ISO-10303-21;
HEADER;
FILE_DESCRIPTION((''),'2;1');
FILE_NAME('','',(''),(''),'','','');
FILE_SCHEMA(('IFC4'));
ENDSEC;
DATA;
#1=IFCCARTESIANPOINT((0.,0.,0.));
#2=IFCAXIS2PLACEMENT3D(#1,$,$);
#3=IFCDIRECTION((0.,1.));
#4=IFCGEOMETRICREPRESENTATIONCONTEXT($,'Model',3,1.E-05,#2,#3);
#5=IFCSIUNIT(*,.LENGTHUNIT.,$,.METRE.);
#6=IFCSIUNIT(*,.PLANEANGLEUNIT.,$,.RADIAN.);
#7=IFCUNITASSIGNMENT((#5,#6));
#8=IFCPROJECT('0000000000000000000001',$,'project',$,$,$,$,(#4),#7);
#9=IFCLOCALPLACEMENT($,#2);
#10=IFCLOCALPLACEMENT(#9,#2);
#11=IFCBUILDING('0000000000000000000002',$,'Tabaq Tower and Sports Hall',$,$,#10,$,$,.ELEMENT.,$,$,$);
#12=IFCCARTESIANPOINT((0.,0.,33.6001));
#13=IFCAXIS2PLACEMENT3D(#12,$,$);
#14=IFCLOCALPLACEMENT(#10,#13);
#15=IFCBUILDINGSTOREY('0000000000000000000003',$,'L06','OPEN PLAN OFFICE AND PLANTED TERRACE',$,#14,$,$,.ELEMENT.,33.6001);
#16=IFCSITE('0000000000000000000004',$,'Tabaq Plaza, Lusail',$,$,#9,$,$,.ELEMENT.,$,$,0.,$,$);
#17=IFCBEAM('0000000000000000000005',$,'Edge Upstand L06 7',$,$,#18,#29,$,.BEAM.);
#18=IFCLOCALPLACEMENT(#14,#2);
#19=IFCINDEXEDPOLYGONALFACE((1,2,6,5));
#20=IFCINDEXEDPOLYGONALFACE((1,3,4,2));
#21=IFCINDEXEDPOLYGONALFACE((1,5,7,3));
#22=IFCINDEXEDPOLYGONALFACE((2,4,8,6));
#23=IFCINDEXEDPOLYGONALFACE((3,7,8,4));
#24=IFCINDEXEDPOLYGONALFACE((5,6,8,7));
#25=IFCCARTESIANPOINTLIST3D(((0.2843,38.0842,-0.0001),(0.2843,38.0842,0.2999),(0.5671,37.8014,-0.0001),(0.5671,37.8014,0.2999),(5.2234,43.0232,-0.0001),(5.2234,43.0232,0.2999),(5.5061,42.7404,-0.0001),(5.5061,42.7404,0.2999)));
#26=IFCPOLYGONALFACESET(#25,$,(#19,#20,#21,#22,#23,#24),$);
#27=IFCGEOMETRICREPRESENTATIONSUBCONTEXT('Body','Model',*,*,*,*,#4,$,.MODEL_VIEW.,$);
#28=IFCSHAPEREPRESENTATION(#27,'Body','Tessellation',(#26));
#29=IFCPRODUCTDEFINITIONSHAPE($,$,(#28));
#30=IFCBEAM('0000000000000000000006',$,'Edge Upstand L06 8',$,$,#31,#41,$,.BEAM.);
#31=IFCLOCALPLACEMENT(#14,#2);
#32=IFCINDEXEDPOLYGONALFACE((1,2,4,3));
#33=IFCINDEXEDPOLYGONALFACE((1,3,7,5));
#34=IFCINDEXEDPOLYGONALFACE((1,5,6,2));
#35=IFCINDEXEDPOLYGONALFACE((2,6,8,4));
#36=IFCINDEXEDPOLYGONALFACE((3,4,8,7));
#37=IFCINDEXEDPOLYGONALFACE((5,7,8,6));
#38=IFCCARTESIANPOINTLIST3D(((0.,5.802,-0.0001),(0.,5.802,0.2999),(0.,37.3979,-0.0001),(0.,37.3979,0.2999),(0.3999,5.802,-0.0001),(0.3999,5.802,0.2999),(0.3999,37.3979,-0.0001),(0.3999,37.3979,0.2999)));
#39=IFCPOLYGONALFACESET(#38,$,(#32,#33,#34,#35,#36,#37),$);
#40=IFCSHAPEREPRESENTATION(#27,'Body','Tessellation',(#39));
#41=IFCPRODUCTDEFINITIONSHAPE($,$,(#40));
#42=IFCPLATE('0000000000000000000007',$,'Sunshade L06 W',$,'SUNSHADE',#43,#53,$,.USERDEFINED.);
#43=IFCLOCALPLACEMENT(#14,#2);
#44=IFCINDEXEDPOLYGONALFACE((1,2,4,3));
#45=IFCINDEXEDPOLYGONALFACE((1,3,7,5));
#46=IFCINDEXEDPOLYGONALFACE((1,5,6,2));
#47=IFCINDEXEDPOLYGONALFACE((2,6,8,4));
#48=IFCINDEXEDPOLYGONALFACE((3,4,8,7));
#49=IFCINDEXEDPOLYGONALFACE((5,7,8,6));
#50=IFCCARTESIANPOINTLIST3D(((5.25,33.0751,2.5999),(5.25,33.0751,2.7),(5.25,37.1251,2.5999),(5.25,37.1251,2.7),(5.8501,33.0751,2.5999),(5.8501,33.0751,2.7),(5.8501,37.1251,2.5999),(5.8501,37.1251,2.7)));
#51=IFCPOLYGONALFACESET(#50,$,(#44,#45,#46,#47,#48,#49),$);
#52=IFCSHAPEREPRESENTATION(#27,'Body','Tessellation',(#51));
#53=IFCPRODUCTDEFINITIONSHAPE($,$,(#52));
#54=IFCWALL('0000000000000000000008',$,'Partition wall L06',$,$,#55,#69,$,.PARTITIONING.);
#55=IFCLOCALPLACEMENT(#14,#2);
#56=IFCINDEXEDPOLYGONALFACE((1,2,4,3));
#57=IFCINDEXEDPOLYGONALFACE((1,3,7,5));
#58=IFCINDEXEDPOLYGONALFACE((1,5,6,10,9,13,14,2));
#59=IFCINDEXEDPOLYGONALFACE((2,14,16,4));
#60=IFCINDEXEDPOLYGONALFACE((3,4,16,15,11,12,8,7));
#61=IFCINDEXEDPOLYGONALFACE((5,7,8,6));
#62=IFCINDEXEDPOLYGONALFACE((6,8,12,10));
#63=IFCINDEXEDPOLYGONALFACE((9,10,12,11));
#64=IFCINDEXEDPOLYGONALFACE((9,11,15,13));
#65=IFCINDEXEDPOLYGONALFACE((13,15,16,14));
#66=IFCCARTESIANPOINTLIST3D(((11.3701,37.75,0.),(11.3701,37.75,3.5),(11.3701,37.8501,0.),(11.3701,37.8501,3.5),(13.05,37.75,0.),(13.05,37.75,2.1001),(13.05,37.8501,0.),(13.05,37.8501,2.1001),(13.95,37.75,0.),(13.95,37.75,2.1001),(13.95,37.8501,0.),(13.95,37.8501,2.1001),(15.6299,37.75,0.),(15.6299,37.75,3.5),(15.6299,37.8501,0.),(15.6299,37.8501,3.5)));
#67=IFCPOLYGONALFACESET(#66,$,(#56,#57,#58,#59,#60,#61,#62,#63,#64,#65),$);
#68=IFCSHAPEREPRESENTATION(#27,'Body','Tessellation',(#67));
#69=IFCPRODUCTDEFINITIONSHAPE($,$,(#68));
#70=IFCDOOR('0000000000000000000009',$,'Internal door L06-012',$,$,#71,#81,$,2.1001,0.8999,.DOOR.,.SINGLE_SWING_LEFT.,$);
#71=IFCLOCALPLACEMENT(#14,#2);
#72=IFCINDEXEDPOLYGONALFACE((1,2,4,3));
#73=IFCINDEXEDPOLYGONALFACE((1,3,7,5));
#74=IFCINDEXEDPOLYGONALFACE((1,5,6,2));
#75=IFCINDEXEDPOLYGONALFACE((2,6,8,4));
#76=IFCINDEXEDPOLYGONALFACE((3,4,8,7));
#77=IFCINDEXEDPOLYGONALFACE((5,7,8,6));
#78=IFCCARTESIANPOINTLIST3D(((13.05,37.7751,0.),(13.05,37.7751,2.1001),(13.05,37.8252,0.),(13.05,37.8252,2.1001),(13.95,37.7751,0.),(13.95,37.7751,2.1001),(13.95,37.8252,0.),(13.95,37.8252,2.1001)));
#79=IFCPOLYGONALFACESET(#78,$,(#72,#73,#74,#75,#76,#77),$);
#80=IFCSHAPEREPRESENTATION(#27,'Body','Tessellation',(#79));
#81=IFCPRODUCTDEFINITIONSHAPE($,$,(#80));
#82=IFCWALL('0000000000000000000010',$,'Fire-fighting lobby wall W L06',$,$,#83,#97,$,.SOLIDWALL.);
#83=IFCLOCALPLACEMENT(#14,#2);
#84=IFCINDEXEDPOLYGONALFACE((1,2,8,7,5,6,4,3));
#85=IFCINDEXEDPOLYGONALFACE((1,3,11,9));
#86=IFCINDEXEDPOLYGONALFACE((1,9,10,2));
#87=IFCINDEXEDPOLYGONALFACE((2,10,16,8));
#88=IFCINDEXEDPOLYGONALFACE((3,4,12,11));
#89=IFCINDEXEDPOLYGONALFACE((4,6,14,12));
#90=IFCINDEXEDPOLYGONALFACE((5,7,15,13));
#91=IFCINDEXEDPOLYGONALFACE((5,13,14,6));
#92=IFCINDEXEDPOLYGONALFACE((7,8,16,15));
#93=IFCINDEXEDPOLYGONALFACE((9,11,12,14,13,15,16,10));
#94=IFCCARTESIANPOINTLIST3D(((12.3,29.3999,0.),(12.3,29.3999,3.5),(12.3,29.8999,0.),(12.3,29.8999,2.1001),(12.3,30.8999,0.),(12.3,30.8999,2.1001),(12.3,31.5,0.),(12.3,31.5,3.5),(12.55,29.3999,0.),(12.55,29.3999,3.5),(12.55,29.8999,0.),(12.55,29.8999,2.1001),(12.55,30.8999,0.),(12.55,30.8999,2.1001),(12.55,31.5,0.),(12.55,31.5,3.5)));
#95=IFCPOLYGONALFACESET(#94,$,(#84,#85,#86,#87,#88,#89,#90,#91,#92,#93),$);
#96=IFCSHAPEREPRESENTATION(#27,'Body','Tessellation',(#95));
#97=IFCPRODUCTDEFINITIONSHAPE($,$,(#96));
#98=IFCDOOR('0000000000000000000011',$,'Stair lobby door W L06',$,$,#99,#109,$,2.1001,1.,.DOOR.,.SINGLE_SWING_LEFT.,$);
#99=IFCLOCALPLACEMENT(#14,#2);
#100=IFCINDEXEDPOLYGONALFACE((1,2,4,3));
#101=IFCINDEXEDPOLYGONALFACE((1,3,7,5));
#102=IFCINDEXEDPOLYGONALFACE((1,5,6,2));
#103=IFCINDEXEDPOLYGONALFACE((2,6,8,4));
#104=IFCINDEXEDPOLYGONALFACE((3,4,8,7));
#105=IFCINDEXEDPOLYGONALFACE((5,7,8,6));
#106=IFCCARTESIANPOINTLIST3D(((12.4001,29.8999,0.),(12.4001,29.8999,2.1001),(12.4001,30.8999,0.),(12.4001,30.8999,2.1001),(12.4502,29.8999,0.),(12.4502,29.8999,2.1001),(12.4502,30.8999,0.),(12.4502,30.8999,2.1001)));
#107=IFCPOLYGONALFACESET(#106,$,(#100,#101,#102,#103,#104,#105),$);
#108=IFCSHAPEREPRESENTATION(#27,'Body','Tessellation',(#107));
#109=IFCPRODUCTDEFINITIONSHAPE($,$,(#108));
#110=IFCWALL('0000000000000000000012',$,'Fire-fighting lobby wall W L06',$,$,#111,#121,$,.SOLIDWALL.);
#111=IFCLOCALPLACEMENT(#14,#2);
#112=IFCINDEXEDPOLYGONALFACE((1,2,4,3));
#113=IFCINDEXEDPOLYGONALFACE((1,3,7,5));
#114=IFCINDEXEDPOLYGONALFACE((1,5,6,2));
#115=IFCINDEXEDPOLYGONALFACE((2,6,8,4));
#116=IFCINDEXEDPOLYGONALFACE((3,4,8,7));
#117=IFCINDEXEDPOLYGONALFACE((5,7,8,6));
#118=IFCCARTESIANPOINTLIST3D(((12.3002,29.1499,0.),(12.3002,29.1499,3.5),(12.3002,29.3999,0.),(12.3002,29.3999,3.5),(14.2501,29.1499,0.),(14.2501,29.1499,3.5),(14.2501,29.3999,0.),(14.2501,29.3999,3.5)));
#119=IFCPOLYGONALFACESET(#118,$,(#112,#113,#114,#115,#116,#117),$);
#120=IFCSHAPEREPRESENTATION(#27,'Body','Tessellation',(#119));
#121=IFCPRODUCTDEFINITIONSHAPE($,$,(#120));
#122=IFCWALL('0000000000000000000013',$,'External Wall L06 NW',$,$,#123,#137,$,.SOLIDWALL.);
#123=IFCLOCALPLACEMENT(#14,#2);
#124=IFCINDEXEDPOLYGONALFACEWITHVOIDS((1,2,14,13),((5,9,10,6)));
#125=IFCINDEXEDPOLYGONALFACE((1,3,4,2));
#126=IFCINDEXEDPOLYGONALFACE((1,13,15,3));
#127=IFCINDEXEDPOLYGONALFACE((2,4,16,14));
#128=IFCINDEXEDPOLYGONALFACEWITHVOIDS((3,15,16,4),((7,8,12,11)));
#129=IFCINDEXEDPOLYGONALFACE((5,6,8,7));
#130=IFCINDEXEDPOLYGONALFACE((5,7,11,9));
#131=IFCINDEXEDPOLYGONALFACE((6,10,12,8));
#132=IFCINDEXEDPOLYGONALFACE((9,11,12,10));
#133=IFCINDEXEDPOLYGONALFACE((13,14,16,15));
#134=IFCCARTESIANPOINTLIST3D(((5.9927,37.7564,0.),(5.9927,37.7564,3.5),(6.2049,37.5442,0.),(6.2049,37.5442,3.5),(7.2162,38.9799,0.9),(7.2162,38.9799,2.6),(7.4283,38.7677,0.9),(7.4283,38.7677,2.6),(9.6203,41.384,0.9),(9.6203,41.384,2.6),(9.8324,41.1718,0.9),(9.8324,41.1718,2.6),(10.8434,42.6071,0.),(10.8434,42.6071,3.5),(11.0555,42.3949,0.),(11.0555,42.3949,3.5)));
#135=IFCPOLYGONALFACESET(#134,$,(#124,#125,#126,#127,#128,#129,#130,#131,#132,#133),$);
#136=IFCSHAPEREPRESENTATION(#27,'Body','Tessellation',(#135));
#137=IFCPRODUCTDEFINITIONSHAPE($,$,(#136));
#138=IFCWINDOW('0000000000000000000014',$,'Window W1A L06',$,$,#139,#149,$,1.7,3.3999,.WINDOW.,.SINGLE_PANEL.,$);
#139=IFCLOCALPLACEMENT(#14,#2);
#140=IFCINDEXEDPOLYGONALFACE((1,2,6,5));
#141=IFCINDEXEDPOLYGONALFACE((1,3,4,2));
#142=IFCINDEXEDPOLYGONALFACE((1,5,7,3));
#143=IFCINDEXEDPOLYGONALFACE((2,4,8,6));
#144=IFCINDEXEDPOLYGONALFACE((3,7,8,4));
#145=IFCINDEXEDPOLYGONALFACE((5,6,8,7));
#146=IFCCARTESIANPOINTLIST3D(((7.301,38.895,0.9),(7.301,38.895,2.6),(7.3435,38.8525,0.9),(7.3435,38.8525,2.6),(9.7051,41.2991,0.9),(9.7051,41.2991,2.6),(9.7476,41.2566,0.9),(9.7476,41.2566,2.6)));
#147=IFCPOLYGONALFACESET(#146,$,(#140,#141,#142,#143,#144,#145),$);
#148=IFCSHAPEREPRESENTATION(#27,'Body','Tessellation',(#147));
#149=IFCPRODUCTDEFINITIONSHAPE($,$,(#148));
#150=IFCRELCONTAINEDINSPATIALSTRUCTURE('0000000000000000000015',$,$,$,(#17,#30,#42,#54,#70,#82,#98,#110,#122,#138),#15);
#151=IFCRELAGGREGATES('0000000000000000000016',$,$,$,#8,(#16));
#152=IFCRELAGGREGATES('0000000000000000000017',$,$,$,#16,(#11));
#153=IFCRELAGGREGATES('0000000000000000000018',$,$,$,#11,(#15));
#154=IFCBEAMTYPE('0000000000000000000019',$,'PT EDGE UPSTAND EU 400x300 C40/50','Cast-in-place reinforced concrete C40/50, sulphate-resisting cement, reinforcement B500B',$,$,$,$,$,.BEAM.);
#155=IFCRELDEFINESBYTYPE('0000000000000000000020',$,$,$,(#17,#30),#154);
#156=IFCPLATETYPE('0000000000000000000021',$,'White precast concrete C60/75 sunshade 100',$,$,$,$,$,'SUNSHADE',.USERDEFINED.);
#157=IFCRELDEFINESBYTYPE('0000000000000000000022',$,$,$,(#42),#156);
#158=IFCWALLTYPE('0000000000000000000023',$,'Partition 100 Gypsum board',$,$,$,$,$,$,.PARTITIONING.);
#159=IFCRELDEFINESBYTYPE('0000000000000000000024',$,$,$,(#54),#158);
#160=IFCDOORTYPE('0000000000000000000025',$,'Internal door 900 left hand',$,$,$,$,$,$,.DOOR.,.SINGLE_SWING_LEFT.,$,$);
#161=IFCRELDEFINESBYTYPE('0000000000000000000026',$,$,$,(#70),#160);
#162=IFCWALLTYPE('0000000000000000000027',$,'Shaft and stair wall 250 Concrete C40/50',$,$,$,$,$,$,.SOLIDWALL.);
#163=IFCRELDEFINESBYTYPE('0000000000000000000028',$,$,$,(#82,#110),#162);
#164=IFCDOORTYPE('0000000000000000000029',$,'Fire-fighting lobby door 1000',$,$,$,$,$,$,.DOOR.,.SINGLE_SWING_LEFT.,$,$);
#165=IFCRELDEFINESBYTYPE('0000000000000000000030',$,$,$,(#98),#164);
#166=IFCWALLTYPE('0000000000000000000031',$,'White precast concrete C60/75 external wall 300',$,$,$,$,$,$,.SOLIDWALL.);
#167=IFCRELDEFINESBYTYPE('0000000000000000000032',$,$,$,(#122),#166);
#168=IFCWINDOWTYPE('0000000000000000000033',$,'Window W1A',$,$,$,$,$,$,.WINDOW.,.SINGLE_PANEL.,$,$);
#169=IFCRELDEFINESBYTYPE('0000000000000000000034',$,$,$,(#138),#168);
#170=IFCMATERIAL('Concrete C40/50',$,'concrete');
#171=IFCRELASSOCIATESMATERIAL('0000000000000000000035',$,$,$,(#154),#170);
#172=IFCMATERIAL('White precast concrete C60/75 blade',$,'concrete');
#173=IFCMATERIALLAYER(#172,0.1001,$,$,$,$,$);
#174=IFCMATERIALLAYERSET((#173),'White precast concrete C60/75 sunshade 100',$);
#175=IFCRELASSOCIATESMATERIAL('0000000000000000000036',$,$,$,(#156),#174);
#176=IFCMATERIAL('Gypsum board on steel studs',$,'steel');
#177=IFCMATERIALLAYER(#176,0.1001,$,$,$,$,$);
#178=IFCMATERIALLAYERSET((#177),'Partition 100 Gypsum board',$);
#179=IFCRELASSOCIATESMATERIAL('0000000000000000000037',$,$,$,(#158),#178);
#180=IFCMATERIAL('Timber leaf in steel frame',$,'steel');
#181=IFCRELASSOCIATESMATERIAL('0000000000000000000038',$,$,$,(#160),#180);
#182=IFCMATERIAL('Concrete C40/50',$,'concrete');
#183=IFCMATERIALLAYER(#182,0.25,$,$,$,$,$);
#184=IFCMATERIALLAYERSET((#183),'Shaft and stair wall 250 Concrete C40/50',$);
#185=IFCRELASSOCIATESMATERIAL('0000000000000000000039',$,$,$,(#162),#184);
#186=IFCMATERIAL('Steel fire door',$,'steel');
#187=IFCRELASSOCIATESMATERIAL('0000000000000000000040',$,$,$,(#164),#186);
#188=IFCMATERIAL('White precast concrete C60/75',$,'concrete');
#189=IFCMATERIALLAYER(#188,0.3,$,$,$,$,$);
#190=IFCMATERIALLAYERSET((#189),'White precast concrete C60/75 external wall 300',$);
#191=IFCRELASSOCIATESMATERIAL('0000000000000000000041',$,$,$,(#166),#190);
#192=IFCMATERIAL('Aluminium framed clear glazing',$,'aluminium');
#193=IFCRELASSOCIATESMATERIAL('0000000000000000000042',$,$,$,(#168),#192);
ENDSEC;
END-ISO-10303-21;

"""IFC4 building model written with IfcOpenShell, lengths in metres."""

from ifc_helpers import new_model, si_unit, direction, frame, frame_2d, origin, origin_2d, place, context, subcontext, project, spatial, rectangle, extrude, material, layer, layer_set, material_profile, profile_set, type_object, element, fill, save


model = new_model("IFC4")

# Units and contexts
model_context = context("Model", 3, precision=1e-05, world=origin(), true_north=direction((0.0, 1.0)))
body_context = subcontext(model_context, "Body", "Model", "MODEL_VIEW")
ifc_project = project(units=[si_unit("LENGTHUNIT", "METRE"), si_unit("PLANEANGLEUNIT", "RADIAN")], contexts=[model_context])

# Site, building, storey
site_placement = place(None, origin())
site = spatial("IfcSite", under=ifc_project, at=site_placement, Name="Tabaq Plaza, Lusail", CompositionType="ELEMENT", RefElevation=0.0)
building_placement = place(site_placement, origin())
building = spatial("IfcBuilding", under=site, at=building_placement, Name="Tabaq Tower and Sports Hall", CompositionType="ELEMENT")
storey_placement = place(building_placement, frame((0.0, 0.0, 33.6001)))
storey = spatial("IfcBuildingStorey", under=building, at=storey_placement, Name="L06", Description="OPEN PLAN OFFICE AND PLANTED TERRACE", CompositionType="ELEMENT", Elevation=33.6001)

# Beams
ifc_material_1 = material(Name="Concrete C40/50", Category="concrete")
ifc_material_profile = material_profile(ifc_material_1, rectangle(XDim=0.3999, YDim=0.3, at=origin_2d()), Name="EU 400x300")
ifc_profile_set = profile_set([ifc_material_profile], Name="Concrete C40/50")
beam_type = type_object("IfcBeamType", Name="PT EDGE UPSTAND EU 400x300 C40/50", Description="Cast-in-place reinforced concrete C40/50, sulphate-resisting cement, reinforcement B500B", PredefinedType="BEAM", material=ifc_profile_set)
beam_1_placement = place(storey_placement, frame((5.3647, 42.8818, 0.1499), z_axis=(-0.707107, -0.707107, 0.0), x_axis=(0.707107, -0.707107, 0.0)))
element("IfcBeam", 1, at=beam_1_placement, inside=storey, type_object=beam_type, Name="Edge Upstand L06 7", PredefinedType="BEAM", context=body_context, shape_type="SweptSolid", body=[
    extrude(rectangle(XDim=0.3999, YDim=0.3, at=origin_2d()), origin(), (0.0, 0.0, 1.0), 6.9849),
])
beam_2_placement = place(storey_placement, frame((0.2, 37.3979, 0.1499), z_axis=(0.0, -1.0, 0.0), x_axis=(1.0, 0.0, 0.0)))
element("IfcBeam", 2, at=beam_2_placement, inside=storey, type_object=beam_type, Name="Edge Upstand L06 8", PredefinedType="BEAM", context=body_context, shape_type="SweptSolid", body=[
    extrude(rectangle(XDim=0.3999, YDim=0.3, at=origin_2d()), origin(), (0.0, 0.0, 1.0), 31.5959),
])

# Plate
ifc_material_2 = material(Name="White precast concrete C60/75 blade", Category="concrete")
ifc_layer_1 = layer(ifc_material_2, 0.1001)
ifc_layer_set_1 = layer_set([ifc_layer_1], Name="White precast concrete C60/75 sunshade 100")
plate_type_1 = type_object("IfcPlateType", Name="White precast concrete C60/75 sunshade 100", ElementType="SUNSHADE", PredefinedType="USERDEFINED", material=ifc_layer_set_1)
plate_1_placement = place(storey_placement, frame((5.55, 35.1001, 2.5999), z_axis=(0.0, 0.0, 1.0), x_axis=(0.0, -1.0, 0.0)))
element("IfcPlate", 3, at=plate_1_placement, inside=storey, type_object=plate_type_1, Name="Sunshade L06 W", ObjectType="SUNSHADE", PredefinedType="USERDEFINED", context=body_context, shape_type="SweptSolid", body=[
    extrude(rectangle(XDim=4.05, YDim=0.6001, at=origin_2d()), origin(), (0.0, 0.0, 1.0), 0.1001),
])

# Walls, openings, doors
ifc_material_3 = material(Name="Gypsum board on steel studs", Category="steel")
ifc_layer_2 = layer(ifc_material_3, 0.1001)
ifc_layer_set_2 = layer_set([ifc_layer_2], Name="Partition 100 Gypsum board")
wall_type_1 = type_object("IfcWallType", Name="Partition 100 Gypsum board", PredefinedType="PARTITIONING", material=ifc_layer_set_2)
wall_1_placement = place(storey_placement, frame((15.6299, 37.8, 0.0), z_axis=(0.0, 0.0, 1.0), x_axis=(-1.0, 0.0, 0.0)))
wall_1 = element("IfcWall", 4, at=wall_1_placement, inside=storey, type_object=wall_type_1, Name="Partition wall L06", PredefinedType="PARTITIONING", context=body_context, shape_type="SweptSolid", body=[
    extrude(rectangle(XDim=4.2598, YDim=0.1001, at=frame_2d((2.1299, 0.0))), origin(), (0.0, 0.0, 1.0), 3.5),
])
opening_1_placement = place(wall_1_placement, frame((1.6799, 0.0, 0.0)))
opening_1 = element("IfcOpeningElement", 5, at=opening_1_placement, cuts=wall_1, PredefinedType="OPENING", context=body_context, shape_type="SweptSolid", body=[
    extrude(rectangle(XDim=0.8999, YDim=2.1001, at=frame_2d((0.45, 1.05))), frame((0.0, 0.05, 0.0), z_axis=(0.0, -1.0, 0.0), x_axis=(1.0, 0.0, 0.0)), (0.0, 0.0, 1.0), 0.1001),
])
ifc_material_4 = material(Name="Timber leaf in steel frame", Category="steel")
door_type_1 = type_object("IfcDoorType", Name="Internal door 900 left hand", OperationType="SINGLE_SWING_LEFT", PredefinedType="DOOR", material=ifc_material_4)
door_1_placement = place(opening_1_placement, origin())
door_1 = element("IfcDoor", 6, at=door_1_placement, inside=storey, type_object=door_type_1, Name="Internal door L06-012", OperationType="SINGLE_SWING_LEFT", OverallHeight=2.1001, OverallWidth=0.8999, PredefinedType="DOOR", context=body_context, shape_type="SweptSolid", body=[
    extrude(rectangle(XDim=0.8999, YDim=2.1001, at=frame_2d((0.45, 1.05))), frame((0.0, 0.0249, 0.0), z_axis=(0.0, -1.0, 0.0), x_axis=(1.0, 0.0, 0.0)), (0.0, 0.0, 1.0), 0.05),
])
fill(opening_1, door_1)
ifc_material_5 = material(Name="Concrete C40/50", Category="concrete")
ifc_layer_3 = layer(ifc_material_5, 0.25)
ifc_layer_set_3 = layer_set([ifc_layer_3], Name="Shaft and stair wall 250 Concrete C40/50")
wall_type_2 = type_object("IfcWallType", Name="Shaft and stair wall 250 Concrete C40/50", PredefinedType="SOLIDWALL", material=ifc_layer_set_3)
wall_2_placement = place(storey_placement, frame((12.425, 29.3999, 0.0), z_axis=(0.0, 0.0, 1.0), x_axis=(0.0, 1.0, 0.0)))
wall_2 = element("IfcWall", 7, at=wall_2_placement, inside=storey, type_object=wall_type_2, Name="Fire-fighting lobby wall W L06", PredefinedType="SOLIDWALL", context=body_context, shape_type="SweptSolid", body=[
    extrude(rectangle(XDim=2.1001, YDim=0.25, at=frame_2d((1.05, 0.0))), origin(), (0.0, 0.0, 1.0), 3.5),
])
opening_2_placement = place(wall_2_placement, frame((0.5, 0.0, 0.0)))
opening_2 = element("IfcOpeningElement", 8, at=opening_2_placement, cuts=wall_2, PredefinedType="OPENING", context=body_context, shape_type="SweptSolid", body=[
    extrude(rectangle(XDim=1.0, YDim=2.1001, at=frame_2d((0.5, 1.05))), frame((0.0, 0.125, 0.0), z_axis=(0.0, -1.0, 0.0), x_axis=(1.0, 0.0, 0.0)), (0.0, 0.0, 1.0), 0.25),
])
ifc_material_6 = material(Name="Steel fire door", Category="steel")
door_type_2 = type_object("IfcDoorType", Name="Fire-fighting lobby door 1000", OperationType="SINGLE_SWING_LEFT", PredefinedType="DOOR", material=ifc_material_6)
door_2_placement = place(opening_2_placement, origin())
door_2 = element("IfcDoor", 9, at=door_2_placement, inside=storey, type_object=door_type_2, Name="Stair lobby door W L06", OperationType="SINGLE_SWING_LEFT", OverallHeight=2.1001, OverallWidth=1.0, PredefinedType="DOOR", context=body_context, shape_type="SweptSolid", body=[
    extrude(rectangle(XDim=1.0, YDim=2.1001, at=frame_2d((0.5, 1.05))), frame((0.0, 0.0249, 0.0), z_axis=(0.0, -1.0, 0.0), x_axis=(1.0, 0.0, 0.0)), (0.0, 0.0, 1.0), 0.05),
])
fill(opening_2, door_2)

# Wall
wall_3_placement = place(storey_placement, frame((12.3, 29.2749, 0.0), z_axis=(0.0, 0.0, 1.0), x_axis=(1.0, 0.0, 0.0)))
element("IfcWall", 10, at=wall_3_placement, inside=storey, type_object=wall_type_2, Name="Fire-fighting lobby wall W L06", PredefinedType="SOLIDWALL", context=body_context, shape_type="SweptSolid", body=[
    extrude(rectangle(XDim=1.95, YDim=0.25, at=frame_2d((0.9751, 0.0))), origin(), (0.0, 0.0, 1.0), 3.5),
])

# Wall, opening, window
ifc_material_7 = material(Name="White precast concrete C60/75", Category="concrete")
ifc_layer_4 = layer(ifc_material_7, 0.3)
ifc_layer_set_4 = layer_set([ifc_layer_4], Name="White precast concrete C60/75 external wall 300")
wall_type_3 = type_object("IfcWallType", Name="White precast concrete C60/75 external wall 300", PredefinedType="SOLIDWALL", material=ifc_layer_set_4)
wall_4_placement = place(storey_placement, frame((10.9495, 42.501, 0.0), z_axis=(0.0, 0.0, 1.0), x_axis=(-0.707107, -0.707107, 0.0)))
wall_4 = element("IfcWall", 11, at=wall_4_placement, inside=storey, type_object=wall_type_3, Name="External Wall L06 NW", PredefinedType="SOLIDWALL", context=body_context, shape_type="SweptSolid", body=[
    extrude(rectangle(XDim=6.8599, YDim=0.3, at=frame_2d((3.4299, 0.0))), origin(), (0.0, 0.0, 1.0), 3.5),
])
opening_3_placement = place(wall_4_placement, frame((1.7297, 0.0, 0.8999)))
opening_3 = element("IfcOpeningElement", 12, at=opening_3_placement, cuts=wall_4, PredefinedType="OPENING", context=body_context, shape_type="SweptSolid", body=[
    extrude(rectangle(XDim=3.3999, YDim=1.7, at=frame_2d((1.7, 0.8501))), frame((0.0, 0.1602, 0.0), z_axis=(0.0, -1.0, 0.0), x_axis=(1.0, 0.0, 0.0)), (0.0, 0.0, 1.0), 0.3201),
])
ifc_material_8 = material(Name="Aluminium framed clear glazing", Category="aluminium")
window_type = type_object("IfcWindowType", Name="Window W1A", PartitioningType="SINGLE_PANEL", PredefinedType="WINDOW", material=ifc_material_8)
window_placement = place(opening_3_placement, origin())
window = element("IfcWindow", 13, at=window_placement, inside=storey, type_object=window_type, Name="Window W1A L06", OverallHeight=1.7, OverallWidth=3.3999, PartitioningType="SINGLE_PANEL", PredefinedType="WINDOW", context=body_context, shape_type="SweptSolid", body=[
    extrude(rectangle(XDim=3.3999, YDim=1.7, at=frame_2d((1.7, 0.8501))), frame((0.0, 0.03, 0.0), z_axis=(0.0, -1.0, 0.0), x_axis=(1.0, 0.0, 0.0)), (0.0, 0.0, 1.0), 0.0601),
])
fill(opening_3, window)

save(model, "model.ifc")
